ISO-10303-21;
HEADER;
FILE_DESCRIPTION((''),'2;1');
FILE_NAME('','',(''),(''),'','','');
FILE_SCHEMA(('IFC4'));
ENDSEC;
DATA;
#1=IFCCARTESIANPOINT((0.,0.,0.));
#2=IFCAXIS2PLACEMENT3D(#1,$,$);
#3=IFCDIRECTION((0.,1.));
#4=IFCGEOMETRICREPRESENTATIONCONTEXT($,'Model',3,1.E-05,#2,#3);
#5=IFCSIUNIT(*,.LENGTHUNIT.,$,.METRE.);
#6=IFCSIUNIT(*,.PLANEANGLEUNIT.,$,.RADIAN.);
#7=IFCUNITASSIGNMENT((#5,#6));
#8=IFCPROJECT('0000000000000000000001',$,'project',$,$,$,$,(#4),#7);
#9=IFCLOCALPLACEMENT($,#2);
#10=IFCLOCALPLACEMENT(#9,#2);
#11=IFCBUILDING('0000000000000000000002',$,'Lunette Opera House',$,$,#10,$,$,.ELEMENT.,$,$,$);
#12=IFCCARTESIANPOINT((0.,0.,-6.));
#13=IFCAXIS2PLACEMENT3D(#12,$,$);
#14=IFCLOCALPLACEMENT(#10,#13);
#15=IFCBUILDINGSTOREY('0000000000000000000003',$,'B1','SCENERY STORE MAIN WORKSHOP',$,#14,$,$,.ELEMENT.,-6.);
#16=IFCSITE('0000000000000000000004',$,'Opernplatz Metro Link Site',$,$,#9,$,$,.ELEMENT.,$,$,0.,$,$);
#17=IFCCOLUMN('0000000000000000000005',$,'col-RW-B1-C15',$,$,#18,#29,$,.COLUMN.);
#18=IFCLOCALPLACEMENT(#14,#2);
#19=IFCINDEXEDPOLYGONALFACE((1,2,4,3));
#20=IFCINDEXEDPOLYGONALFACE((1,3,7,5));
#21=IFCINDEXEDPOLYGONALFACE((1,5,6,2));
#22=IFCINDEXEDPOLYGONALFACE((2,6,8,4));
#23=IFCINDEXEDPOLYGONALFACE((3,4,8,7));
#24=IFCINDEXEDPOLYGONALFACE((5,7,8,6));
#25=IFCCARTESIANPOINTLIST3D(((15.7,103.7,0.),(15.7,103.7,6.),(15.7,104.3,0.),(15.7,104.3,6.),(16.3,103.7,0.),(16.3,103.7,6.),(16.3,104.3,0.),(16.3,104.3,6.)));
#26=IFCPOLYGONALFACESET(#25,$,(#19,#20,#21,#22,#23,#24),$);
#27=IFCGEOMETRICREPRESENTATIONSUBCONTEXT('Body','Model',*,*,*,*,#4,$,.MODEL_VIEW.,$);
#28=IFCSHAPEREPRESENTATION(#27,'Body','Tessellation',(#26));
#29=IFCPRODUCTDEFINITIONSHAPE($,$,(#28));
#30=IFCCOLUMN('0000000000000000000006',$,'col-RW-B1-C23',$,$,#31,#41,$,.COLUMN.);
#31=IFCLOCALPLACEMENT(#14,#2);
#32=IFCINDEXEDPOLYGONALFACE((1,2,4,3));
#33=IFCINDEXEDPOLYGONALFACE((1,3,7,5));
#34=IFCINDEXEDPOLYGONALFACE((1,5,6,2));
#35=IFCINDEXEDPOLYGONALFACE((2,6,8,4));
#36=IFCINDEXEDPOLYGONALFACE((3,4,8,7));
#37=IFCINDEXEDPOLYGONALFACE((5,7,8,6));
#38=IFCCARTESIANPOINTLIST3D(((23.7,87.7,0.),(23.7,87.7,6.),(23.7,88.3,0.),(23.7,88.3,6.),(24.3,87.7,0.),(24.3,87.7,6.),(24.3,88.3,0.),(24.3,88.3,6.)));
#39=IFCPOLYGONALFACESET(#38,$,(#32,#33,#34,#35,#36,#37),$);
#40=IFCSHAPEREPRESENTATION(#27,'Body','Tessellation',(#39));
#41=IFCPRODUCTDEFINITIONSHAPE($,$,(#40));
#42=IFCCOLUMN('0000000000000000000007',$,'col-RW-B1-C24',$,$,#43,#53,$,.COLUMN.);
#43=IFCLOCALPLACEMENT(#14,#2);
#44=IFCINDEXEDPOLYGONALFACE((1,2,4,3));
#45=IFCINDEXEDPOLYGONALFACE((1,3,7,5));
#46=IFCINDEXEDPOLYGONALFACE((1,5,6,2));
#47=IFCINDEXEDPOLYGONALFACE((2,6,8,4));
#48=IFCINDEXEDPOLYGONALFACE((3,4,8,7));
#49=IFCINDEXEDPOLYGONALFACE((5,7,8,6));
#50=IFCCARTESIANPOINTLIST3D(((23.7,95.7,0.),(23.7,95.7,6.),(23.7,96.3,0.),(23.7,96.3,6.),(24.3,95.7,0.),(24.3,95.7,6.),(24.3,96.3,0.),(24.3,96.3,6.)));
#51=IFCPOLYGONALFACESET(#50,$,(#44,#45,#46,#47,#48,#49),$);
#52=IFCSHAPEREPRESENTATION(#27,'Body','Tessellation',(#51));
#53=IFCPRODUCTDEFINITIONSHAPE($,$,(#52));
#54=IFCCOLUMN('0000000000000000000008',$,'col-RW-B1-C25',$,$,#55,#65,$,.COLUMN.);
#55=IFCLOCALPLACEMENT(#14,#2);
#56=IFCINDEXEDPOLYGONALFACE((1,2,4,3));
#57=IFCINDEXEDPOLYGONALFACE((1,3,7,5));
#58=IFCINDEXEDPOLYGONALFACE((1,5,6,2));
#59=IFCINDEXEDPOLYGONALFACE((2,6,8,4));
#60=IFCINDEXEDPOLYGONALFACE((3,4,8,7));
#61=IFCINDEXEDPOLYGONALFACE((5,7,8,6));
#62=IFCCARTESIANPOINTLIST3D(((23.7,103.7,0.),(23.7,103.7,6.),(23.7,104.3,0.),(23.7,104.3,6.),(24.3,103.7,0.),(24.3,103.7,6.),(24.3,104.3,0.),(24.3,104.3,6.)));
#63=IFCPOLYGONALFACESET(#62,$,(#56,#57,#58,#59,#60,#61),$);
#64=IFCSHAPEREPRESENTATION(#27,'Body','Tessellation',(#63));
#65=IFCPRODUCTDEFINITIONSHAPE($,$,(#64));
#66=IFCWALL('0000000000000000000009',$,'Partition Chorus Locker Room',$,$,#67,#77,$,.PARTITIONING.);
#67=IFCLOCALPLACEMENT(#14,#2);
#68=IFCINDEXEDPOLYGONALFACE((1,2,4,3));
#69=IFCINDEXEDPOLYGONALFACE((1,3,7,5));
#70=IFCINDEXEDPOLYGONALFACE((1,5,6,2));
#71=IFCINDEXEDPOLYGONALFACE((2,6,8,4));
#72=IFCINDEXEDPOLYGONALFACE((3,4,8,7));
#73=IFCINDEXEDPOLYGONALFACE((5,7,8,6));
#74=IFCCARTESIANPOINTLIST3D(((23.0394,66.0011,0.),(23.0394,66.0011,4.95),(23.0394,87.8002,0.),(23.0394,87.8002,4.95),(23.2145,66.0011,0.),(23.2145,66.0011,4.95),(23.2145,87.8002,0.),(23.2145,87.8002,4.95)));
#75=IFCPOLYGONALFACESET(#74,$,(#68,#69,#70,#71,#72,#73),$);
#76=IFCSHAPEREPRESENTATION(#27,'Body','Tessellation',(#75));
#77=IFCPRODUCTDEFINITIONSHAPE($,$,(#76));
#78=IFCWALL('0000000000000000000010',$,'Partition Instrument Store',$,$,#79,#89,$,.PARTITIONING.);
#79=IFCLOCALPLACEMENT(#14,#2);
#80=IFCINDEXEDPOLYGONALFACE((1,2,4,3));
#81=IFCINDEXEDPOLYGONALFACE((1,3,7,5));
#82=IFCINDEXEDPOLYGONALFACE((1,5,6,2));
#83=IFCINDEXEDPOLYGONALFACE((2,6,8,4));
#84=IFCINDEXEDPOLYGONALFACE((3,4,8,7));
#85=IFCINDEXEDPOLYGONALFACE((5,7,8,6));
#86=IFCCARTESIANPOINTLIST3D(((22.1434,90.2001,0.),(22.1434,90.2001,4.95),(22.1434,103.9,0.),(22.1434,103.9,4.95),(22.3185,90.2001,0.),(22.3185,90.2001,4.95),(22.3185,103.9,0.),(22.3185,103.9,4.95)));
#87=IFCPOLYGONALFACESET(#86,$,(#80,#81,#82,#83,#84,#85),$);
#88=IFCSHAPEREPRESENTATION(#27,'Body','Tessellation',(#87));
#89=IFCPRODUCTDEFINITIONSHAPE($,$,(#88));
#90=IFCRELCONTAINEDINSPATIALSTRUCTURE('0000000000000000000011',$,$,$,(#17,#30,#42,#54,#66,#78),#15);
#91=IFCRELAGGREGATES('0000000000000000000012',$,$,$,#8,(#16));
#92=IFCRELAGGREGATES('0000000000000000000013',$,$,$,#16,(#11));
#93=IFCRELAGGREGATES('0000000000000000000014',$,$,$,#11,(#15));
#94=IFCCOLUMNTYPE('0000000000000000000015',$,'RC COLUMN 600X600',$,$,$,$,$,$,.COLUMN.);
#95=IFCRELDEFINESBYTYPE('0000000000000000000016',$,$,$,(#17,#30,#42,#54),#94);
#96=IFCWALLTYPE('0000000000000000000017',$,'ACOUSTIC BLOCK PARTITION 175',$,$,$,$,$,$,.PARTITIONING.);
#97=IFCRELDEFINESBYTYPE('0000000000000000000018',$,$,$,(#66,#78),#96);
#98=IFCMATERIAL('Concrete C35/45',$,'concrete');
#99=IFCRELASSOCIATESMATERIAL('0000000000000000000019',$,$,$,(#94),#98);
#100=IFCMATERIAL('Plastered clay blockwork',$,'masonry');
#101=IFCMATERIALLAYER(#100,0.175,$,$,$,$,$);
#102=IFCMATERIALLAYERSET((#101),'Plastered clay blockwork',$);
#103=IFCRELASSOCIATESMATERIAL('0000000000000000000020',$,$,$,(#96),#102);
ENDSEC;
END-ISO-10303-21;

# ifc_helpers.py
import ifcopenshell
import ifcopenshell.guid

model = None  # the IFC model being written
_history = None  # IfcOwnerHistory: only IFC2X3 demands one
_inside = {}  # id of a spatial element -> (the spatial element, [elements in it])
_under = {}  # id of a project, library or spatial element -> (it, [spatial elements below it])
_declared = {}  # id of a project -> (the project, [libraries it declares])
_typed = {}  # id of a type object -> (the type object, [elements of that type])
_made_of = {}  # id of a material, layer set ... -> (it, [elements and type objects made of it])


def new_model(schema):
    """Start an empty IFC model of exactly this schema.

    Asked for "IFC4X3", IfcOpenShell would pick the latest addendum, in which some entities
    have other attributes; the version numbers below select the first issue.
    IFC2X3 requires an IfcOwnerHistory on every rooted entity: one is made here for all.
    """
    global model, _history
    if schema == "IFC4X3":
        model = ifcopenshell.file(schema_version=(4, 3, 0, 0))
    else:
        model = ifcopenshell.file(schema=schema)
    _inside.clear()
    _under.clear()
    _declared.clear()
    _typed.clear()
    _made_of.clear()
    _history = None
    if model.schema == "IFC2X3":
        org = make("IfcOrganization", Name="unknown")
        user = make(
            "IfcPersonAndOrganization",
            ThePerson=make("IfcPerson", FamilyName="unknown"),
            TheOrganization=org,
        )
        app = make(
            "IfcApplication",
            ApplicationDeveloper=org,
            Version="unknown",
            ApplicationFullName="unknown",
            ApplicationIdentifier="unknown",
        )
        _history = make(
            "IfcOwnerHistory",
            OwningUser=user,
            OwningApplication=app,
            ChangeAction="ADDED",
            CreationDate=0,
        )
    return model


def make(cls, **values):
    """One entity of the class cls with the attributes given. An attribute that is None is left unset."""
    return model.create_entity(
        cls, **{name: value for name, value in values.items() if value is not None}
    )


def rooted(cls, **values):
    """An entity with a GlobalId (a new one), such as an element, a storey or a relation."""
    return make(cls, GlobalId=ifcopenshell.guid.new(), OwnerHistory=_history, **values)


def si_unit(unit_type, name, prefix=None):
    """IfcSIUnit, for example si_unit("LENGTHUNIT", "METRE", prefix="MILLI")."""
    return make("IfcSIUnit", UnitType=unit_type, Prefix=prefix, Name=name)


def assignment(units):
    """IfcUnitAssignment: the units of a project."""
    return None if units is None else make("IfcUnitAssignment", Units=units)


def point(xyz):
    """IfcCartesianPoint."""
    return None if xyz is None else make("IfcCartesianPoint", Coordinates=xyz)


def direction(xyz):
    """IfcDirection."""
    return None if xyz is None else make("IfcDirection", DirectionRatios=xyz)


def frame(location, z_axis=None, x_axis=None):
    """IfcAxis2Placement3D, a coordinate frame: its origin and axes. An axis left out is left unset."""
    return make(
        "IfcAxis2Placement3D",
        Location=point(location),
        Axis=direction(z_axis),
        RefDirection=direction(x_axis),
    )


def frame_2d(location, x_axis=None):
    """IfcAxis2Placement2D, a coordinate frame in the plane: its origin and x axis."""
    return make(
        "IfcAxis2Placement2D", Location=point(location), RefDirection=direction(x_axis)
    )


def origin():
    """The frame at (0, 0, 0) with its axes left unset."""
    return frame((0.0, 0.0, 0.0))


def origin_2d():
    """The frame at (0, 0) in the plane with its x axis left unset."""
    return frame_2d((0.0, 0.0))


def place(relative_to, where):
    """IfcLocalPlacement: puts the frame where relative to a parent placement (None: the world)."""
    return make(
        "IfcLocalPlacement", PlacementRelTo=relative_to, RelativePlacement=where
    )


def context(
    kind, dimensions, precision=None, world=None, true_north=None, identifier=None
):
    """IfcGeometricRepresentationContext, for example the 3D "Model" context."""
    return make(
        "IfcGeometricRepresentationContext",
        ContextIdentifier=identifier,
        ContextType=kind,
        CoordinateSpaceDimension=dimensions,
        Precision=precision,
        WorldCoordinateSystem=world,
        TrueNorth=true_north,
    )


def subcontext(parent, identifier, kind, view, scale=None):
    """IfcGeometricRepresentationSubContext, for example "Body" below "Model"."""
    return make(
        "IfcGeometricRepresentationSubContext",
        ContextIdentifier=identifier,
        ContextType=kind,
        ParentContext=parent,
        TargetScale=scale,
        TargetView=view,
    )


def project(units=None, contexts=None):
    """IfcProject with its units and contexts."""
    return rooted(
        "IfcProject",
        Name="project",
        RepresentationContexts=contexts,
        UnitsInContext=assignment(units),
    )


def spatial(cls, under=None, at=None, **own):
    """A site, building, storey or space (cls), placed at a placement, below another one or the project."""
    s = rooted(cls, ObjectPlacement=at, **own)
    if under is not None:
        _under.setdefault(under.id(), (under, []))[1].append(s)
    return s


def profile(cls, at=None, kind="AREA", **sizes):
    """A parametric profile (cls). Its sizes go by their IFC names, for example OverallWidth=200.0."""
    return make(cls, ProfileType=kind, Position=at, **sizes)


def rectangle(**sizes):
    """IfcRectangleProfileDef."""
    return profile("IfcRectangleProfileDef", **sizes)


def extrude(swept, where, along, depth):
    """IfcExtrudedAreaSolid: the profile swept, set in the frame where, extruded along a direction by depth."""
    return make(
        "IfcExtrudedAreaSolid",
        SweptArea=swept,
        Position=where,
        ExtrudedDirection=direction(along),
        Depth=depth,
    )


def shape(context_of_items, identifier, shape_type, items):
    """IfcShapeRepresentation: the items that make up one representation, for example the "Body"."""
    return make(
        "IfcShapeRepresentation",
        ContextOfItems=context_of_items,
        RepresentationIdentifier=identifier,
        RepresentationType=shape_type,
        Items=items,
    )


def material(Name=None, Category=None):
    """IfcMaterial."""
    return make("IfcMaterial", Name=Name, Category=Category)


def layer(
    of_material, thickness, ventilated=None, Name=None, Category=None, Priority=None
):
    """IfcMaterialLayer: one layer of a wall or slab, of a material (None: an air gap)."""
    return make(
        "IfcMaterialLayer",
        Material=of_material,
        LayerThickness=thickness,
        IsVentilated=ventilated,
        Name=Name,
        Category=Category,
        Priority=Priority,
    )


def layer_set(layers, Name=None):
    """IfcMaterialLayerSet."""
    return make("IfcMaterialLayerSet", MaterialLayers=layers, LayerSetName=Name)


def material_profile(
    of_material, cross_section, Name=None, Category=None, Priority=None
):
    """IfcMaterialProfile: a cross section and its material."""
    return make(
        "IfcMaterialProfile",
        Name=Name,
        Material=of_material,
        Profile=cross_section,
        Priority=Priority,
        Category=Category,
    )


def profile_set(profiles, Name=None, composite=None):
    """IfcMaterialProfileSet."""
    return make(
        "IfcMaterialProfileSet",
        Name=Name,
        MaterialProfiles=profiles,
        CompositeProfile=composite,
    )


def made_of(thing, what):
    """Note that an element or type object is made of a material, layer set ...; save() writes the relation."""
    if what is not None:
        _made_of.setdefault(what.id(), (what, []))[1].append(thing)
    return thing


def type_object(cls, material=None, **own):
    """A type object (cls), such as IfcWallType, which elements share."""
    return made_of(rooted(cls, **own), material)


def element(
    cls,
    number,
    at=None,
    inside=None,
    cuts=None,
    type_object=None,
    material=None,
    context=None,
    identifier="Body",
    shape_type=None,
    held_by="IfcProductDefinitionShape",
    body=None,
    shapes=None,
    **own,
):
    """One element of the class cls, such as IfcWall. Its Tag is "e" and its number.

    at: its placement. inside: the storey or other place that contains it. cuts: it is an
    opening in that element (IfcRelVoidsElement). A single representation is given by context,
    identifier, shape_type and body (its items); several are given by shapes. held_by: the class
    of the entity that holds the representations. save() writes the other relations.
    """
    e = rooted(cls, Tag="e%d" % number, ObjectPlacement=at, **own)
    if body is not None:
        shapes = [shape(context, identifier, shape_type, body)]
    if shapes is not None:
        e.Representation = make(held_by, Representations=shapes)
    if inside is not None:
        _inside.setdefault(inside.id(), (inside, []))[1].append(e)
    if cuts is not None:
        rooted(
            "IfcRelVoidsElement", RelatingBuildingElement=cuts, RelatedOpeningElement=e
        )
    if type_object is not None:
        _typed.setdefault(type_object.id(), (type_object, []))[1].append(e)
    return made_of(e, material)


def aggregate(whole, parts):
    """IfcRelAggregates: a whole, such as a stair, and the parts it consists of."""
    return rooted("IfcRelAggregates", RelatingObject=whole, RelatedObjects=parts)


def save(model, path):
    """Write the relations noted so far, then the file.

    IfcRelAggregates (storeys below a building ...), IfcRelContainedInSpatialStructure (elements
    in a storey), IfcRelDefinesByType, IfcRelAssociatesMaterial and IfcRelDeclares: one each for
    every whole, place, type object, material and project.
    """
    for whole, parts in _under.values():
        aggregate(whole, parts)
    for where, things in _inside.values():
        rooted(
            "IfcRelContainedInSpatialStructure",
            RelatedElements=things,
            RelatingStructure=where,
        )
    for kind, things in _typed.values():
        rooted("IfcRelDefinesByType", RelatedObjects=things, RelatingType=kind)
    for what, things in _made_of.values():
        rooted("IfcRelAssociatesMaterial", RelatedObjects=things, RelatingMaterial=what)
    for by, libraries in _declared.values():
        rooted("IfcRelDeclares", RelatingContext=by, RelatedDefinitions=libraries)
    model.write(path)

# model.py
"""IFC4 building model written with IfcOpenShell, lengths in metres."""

from ifc_helpers import new_model, si_unit, direction, frame, frame_2d, origin, origin_2d, place, context, subcontext, project, spatial, rectangle, extrude, material, layer, layer_set, material_profile, profile_set, type_object, element, save


model = new_model("IFC4")

# Units and contexts
model_context = context("Model", 3, precision=1e-05, world=origin(), true_north=direction((0.0, 1.0)))
body_context = subcontext(model_context, "Body", "Model", "MODEL_VIEW")
ifc_project = project(units=[si_unit("LENGTHUNIT", "METRE"), si_unit("PLANEANGLEUNIT", "RADIAN")], contexts=[model_context])

# Site, building, storey
site_placement = place(None, origin())
site = spatial("IfcSite", under=ifc_project, at=site_placement, Name="Opernplatz Metro Link Site", CompositionType="ELEMENT", RefElevation=0.0)
building_placement = place(site_placement, origin())
building = spatial("IfcBuilding", under=site, at=building_placement, Name="Lunette Opera House", CompositionType="ELEMENT")
storey_placement = place(building_placement, frame((0.0, 0.0, -6.0)))
storey = spatial("IfcBuildingStorey", under=building, at=storey_placement, Name="B1", Description="SCENERY STORE MAIN WORKSHOP", CompositionType="ELEMENT", Elevation=-6.0)

# Columns
ifc_material_1 = material(Name="Concrete C35/45", Category="concrete")
ifc_material_profile_1 = material_profile(ifc_material_1, rectangle(XDim=0.6001, YDim=0.6001, at=origin_2d()), Name="RC COLUMN 600X600")
ifc_profile_set_1 = profile_set([ifc_material_profile_1], Name="Concrete C35/45")
column_type = type_object("IfcColumnType", Name="RC COLUMN 600X600", PredefinedType="COLUMN", material=ifc_profile_set_1)
for number, where, z_axis, x_axis, name in (
    (1, (16.0, 104.0, 0.0), (0.0, 0.0, 1.0), (1.0, 0.0, 0.0), "col-RW-B1-C15"),
    (2, (24.0, 88.0, 0.0), (0.0, 0.0, 1.0), (1.0, 0.0, 0.0), "col-RW-B1-C23"),
    (3, (24.0, 96.0, 0.0), (0.0, 0.0, 1.0), (1.0, 0.0, 0.0), "col-RW-B1-C24"),
    (4, (24.0, 104.0, 0.0), (0.0, 0.0, 1.0), (1.0, 0.0, 0.0), "col-RW-B1-C25"),
):
    element("IfcColumn", number, at=place(storey_placement, frame(where, z_axis=z_axis, x_axis=x_axis)), inside=storey, type_object=column_type, Name=name, PredefinedType="COLUMN", context=body_context, shape_type="SweptSolid", body=[
        extrude(rectangle(XDim=0.6001, YDim=0.6001, at=origin_2d()), origin(), (0.0, 0.0, 1.0), 6.0),
    ])

# Walls
ifc_material_2 = material(Name="Plastered clay blockwork", Category="masonry")
ifc_layer = layer(ifc_material_2, 0.175)
ifc_layer_set = layer_set([ifc_layer], Name="Plastered clay blockwork")
wall_type = type_object("IfcWallType", Name="ACOUSTIC BLOCK PARTITION 175", PredefinedType="PARTITIONING", material=ifc_layer_set)
wall_1_placement = place(storey_placement, frame((23.127, 87.8, 0.0), z_axis=(0.0, 0.0, 1.0), x_axis=(0.0, -1.0, 0.0)))
element("IfcWall", 5, at=wall_1_placement, inside=storey, type_object=wall_type, Name="Partition Chorus Locker Room", PredefinedType="PARTITIONING", context=body_context, shape_type="SweptSolid", body=[
    extrude(rectangle(XDim=21.7991, YDim=0.175, at=frame_2d((10.8994, 0.0))), origin(), (0.0, 0.0, 1.0), 4.95),
])
wall_2_placement = place(storey_placement, frame((22.231, 90.2, 0.0), z_axis=(0.0, 0.0, 1.0), x_axis=(0.0, 1.0, 0.0)))
element("IfcWall", 6, at=wall_2_placement, inside=storey, type_object=wall_type, Name="Partition Instrument Store", PredefinedType="PARTITIONING", context=body_context, shape_type="SweptSolid", body=[
    extrude(rectangle(XDim=13.7, YDim=0.175, at=frame_2d((6.8501, 0.0))), origin(), (0.0, 0.0, 1.0), 4.95),
])

save(model, "model.ifc")
